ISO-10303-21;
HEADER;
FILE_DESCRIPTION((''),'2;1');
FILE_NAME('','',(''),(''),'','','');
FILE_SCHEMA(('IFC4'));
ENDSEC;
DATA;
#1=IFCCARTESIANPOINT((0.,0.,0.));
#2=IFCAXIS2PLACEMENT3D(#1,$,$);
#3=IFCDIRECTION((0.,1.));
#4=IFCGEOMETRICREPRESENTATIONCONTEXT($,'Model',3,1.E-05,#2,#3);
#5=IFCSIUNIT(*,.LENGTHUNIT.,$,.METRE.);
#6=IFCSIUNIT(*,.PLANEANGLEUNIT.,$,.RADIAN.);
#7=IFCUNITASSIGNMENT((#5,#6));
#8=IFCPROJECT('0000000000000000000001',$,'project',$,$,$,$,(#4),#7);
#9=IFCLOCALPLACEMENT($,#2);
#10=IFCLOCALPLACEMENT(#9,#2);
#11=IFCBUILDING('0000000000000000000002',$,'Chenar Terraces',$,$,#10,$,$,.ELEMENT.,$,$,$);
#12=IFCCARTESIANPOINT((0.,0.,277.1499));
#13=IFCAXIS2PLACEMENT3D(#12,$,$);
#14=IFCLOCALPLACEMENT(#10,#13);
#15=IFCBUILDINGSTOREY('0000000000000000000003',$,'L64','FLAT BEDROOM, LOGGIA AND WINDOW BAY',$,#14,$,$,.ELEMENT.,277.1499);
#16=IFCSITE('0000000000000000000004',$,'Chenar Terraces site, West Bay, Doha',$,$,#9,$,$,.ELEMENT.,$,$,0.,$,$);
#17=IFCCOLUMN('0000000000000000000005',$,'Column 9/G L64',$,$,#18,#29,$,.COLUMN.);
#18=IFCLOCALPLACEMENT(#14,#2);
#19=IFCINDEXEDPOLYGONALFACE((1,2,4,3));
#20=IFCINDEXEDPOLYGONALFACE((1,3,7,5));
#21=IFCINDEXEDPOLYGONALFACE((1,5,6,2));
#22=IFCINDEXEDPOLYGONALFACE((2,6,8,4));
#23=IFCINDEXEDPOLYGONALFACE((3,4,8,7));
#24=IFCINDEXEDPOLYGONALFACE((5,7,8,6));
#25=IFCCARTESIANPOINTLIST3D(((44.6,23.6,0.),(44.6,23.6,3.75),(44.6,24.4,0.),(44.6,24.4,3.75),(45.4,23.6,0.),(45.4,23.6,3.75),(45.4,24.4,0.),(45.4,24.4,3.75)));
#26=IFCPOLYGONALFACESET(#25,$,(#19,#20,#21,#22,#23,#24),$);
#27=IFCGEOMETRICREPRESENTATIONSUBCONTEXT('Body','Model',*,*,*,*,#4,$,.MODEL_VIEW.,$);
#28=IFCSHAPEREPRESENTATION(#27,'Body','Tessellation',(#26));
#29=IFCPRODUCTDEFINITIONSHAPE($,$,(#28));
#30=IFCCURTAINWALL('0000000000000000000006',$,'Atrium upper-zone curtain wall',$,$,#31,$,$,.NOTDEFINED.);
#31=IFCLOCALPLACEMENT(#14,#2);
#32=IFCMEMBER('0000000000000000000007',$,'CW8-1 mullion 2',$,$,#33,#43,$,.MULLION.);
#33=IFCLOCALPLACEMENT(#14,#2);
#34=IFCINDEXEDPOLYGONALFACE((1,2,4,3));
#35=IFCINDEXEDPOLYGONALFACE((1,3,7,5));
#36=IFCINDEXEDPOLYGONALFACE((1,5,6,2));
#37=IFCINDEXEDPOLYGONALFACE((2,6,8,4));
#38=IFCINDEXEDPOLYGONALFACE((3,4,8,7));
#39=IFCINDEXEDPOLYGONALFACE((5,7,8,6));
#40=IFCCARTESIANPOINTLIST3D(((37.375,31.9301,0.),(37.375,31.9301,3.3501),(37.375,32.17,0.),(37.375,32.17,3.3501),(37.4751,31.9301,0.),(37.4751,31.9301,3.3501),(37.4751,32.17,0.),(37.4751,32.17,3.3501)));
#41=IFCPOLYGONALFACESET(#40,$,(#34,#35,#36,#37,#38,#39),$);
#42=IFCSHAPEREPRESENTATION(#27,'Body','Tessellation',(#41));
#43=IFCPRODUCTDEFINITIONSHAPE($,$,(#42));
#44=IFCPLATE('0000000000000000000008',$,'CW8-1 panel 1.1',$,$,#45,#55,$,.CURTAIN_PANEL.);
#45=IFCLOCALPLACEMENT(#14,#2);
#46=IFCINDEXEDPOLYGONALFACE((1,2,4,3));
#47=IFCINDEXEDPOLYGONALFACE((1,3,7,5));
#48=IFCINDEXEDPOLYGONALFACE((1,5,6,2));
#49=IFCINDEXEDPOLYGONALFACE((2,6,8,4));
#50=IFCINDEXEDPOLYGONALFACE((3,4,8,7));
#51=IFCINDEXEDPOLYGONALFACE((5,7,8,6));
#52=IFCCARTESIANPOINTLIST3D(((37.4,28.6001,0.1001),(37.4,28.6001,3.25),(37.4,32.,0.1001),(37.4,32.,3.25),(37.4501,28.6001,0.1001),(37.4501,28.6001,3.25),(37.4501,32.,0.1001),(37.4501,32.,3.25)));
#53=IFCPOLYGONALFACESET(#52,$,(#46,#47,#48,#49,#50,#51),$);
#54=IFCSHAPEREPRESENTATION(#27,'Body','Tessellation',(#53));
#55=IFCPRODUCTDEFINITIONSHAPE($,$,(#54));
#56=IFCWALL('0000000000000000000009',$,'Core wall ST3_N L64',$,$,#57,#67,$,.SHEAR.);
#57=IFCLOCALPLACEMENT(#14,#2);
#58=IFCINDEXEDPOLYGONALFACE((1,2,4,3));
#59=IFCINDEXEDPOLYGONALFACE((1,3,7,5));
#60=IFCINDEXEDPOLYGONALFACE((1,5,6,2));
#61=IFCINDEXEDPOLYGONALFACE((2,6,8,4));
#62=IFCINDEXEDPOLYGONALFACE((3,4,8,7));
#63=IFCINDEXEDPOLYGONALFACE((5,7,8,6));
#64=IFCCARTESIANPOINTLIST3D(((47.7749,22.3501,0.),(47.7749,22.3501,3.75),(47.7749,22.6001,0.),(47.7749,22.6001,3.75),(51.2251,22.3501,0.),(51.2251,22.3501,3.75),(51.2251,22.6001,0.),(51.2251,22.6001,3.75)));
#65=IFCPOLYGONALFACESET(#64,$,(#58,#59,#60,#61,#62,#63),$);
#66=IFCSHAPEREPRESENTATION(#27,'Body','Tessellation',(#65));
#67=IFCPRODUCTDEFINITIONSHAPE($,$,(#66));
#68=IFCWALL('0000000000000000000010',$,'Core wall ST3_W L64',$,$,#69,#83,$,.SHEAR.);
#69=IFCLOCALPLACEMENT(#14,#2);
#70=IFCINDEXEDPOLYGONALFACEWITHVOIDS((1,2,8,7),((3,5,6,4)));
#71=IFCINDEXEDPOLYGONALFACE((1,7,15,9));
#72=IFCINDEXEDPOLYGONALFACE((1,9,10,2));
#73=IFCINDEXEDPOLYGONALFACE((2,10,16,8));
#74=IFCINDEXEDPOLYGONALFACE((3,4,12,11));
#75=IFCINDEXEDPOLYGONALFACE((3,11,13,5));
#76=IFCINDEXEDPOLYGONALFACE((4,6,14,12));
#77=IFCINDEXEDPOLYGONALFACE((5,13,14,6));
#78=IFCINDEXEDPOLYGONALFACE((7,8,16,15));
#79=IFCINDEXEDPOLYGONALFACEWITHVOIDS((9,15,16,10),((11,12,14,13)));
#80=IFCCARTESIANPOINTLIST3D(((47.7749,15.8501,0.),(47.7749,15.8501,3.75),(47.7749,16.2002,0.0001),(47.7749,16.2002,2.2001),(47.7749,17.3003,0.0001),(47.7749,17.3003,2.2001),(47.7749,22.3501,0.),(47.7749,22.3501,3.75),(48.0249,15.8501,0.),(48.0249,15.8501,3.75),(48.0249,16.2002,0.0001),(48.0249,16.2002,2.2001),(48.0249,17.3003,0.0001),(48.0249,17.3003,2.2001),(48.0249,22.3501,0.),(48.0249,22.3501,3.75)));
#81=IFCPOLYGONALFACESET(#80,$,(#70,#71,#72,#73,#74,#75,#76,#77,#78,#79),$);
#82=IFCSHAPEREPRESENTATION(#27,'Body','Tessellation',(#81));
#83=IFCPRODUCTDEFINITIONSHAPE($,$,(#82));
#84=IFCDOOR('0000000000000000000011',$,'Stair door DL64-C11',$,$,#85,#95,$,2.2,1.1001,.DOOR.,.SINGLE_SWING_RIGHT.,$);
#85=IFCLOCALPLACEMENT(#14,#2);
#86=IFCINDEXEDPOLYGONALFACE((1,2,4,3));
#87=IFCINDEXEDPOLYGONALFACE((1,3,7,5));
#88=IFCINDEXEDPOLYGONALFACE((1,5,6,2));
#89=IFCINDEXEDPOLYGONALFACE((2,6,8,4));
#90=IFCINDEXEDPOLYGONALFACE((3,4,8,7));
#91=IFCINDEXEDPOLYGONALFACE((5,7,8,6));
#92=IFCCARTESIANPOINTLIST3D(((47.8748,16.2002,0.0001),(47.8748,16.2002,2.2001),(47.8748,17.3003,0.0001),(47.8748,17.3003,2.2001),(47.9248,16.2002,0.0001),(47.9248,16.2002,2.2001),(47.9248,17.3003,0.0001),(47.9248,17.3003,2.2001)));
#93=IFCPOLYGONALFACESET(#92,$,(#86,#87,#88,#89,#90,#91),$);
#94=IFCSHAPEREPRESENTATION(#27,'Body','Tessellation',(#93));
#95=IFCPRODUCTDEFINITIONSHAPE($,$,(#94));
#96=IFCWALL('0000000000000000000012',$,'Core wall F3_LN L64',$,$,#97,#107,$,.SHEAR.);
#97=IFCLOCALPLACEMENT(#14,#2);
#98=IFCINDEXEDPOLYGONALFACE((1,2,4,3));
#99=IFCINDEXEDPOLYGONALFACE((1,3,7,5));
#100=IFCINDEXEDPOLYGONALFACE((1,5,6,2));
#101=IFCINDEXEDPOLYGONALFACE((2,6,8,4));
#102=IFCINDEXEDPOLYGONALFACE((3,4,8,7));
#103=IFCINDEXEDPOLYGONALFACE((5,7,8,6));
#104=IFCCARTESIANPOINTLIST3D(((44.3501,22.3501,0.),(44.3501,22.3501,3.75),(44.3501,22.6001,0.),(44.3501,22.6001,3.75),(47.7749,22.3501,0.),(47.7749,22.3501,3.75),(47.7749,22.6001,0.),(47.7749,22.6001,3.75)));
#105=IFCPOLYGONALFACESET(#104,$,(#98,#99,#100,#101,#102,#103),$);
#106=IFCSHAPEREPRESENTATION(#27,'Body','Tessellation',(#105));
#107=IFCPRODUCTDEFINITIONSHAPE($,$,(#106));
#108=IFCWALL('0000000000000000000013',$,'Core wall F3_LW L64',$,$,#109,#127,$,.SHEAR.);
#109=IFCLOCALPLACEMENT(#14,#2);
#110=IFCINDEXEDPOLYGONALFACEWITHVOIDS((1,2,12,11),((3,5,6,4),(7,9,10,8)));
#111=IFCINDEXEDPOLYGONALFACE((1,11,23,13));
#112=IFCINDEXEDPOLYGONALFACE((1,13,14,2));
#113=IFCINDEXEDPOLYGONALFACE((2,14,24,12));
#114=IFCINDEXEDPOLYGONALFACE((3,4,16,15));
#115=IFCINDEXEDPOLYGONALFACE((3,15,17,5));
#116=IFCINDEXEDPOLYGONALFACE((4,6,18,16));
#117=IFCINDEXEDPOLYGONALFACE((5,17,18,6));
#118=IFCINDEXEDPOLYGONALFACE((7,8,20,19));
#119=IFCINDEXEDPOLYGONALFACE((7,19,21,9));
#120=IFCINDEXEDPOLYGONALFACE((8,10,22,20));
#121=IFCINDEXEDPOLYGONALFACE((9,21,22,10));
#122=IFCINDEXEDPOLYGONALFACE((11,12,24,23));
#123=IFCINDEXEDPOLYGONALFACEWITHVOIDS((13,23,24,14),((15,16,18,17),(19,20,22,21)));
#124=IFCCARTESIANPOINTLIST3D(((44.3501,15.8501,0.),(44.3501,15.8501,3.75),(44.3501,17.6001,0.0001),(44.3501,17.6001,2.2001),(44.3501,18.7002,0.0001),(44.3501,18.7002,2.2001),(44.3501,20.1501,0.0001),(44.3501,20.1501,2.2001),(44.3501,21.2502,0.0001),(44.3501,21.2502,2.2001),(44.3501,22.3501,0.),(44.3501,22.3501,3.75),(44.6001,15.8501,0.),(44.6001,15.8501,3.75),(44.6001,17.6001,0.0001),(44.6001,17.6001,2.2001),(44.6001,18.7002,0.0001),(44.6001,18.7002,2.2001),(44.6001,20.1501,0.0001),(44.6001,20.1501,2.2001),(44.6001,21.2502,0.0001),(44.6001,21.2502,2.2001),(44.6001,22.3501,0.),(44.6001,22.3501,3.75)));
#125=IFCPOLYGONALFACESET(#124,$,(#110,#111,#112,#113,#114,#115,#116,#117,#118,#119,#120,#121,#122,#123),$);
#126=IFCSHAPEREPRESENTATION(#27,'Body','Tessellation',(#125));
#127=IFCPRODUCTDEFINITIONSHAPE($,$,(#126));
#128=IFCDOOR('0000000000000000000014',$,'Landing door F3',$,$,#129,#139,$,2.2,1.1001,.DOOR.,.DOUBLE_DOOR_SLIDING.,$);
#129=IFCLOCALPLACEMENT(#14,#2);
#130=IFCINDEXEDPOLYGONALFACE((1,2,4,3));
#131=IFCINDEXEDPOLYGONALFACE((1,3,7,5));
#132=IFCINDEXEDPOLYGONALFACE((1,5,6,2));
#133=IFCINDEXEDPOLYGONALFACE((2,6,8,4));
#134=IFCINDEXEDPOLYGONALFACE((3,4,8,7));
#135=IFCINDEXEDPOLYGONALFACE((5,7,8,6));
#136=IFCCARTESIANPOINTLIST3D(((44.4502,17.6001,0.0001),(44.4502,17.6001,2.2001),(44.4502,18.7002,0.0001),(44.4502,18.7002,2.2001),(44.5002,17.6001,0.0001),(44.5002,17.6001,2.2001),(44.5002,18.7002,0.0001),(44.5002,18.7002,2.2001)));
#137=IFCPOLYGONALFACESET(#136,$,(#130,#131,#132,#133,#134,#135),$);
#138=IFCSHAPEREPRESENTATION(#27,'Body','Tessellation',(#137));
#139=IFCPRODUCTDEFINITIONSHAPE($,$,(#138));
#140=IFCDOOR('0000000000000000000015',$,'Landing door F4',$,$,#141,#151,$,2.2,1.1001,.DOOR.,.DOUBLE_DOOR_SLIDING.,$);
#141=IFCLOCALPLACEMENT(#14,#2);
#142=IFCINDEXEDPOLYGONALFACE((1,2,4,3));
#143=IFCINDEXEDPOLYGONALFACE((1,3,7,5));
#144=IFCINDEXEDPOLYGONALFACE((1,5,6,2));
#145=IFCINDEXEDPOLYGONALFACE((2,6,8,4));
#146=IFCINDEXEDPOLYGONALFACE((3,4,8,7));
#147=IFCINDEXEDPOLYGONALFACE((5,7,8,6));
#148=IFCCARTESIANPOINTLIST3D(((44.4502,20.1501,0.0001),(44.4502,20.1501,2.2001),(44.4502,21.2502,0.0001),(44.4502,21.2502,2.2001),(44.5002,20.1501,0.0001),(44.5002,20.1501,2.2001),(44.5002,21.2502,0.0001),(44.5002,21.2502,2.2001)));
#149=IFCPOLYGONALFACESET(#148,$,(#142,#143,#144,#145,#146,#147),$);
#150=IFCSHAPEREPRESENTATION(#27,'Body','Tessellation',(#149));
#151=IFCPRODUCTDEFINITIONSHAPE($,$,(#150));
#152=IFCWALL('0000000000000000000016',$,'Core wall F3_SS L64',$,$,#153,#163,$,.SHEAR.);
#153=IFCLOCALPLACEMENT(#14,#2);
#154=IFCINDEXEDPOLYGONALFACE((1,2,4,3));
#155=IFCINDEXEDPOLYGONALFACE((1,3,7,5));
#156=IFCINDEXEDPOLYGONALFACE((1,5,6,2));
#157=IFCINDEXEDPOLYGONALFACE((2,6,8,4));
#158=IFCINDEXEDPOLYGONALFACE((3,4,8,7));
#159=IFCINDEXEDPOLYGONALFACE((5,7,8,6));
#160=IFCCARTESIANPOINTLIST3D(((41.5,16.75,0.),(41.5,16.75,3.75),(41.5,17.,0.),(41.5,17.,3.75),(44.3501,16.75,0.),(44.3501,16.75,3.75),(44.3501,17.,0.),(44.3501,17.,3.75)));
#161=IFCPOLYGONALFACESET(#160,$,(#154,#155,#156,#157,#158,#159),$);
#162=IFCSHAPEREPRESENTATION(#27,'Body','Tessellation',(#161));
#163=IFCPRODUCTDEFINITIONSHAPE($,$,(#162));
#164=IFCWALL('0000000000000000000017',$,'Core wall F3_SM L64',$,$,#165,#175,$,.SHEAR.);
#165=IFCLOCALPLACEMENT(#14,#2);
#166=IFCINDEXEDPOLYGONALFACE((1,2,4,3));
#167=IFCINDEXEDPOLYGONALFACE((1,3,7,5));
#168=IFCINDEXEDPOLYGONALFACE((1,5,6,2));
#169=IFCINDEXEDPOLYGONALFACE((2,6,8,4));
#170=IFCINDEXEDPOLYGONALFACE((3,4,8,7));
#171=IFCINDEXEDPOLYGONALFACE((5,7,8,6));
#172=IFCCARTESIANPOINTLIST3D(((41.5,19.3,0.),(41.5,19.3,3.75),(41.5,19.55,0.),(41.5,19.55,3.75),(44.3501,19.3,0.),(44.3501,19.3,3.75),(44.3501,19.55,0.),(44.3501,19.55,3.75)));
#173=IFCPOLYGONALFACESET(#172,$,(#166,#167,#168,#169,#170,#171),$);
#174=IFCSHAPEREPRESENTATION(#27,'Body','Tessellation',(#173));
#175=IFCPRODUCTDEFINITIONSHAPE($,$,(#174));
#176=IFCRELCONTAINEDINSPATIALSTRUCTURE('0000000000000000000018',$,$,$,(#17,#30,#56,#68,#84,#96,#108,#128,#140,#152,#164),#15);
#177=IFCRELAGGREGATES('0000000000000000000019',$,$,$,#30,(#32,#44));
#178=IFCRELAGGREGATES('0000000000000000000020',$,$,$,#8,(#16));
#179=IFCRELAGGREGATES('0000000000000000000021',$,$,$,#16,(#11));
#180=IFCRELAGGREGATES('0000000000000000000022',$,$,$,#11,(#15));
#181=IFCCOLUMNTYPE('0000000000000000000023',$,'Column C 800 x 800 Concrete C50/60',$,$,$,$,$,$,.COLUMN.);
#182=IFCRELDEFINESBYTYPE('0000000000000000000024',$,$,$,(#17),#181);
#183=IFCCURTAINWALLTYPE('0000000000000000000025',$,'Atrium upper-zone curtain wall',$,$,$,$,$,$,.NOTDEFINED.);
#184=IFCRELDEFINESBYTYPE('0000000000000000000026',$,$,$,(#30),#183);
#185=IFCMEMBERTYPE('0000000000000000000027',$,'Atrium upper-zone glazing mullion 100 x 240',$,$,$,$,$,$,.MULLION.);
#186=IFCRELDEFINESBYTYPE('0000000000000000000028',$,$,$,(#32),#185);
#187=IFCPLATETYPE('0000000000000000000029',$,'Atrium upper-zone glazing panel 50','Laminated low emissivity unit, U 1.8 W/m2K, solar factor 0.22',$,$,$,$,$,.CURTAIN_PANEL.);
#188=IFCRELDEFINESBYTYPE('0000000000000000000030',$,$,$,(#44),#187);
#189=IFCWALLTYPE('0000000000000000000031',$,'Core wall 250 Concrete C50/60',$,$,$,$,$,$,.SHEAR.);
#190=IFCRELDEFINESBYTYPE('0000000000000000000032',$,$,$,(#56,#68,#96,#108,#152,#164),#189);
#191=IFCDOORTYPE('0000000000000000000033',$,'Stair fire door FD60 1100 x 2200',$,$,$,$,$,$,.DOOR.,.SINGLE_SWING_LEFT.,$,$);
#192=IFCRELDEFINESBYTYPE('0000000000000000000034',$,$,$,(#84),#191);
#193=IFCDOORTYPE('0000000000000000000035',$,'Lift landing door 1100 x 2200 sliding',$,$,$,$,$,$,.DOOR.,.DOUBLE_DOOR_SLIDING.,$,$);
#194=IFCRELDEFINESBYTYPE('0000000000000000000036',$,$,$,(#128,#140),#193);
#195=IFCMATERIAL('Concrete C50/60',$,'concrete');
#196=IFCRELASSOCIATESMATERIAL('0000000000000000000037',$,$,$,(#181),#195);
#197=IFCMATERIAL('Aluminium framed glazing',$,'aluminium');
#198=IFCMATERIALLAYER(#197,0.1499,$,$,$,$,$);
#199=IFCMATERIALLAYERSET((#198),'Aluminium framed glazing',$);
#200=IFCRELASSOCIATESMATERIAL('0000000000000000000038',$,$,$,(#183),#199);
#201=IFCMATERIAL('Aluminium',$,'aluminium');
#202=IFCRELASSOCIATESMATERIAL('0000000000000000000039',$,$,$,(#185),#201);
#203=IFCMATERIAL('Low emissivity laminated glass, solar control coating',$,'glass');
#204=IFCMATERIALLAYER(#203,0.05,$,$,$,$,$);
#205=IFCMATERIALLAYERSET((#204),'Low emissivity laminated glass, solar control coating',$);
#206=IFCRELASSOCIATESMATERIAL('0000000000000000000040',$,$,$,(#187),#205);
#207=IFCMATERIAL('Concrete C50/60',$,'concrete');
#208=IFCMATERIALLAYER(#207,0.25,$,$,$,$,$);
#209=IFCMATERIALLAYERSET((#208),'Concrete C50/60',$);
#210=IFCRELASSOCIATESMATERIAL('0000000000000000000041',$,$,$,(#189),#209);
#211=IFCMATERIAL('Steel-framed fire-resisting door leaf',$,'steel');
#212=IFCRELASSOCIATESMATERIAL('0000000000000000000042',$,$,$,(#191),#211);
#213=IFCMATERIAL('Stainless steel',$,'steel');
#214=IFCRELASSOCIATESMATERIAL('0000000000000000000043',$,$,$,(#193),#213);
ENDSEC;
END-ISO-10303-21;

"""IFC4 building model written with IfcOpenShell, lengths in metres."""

from ifc_helpers import new_model, si_unit, direction, frame, frame_2d, origin, origin_2d, place, context, subcontext, project, spatial, rectangle, extrude, material, layer, layer_set, material_profile, profile_set, type_object, element, fill, aggregate, save


model = new_model("IFC4")

# Units and contexts
model_context = context("Model", 3, precision=1e-05, world=origin(), true_north=direction((0.0, 1.0)))
body_context = subcontext(model_context, "Body", "Model", "MODEL_VIEW")
ifc_project = project(units=[si_unit("LENGTHUNIT", "METRE"), si_unit("PLANEANGLEUNIT", "RADIAN")], contexts=[model_context])

# Site, building, storey
site_placement = place(None, origin())
site = spatial("IfcSite", under=ifc_project, at=site_placement, Name="Chenar Terraces site, West Bay, Doha", CompositionType="ELEMENT", RefElevation=0.0)
building_placement = place(site_placement, origin())
building = spatial("IfcBuilding", under=site, at=building_placement, Name="Chenar Terraces", CompositionType="ELEMENT")
storey_placement = place(building_placement, frame((0.0, 0.0, 277.1499)))
storey = spatial("IfcBuildingStorey", under=building, at=storey_placement, Name="L64", Description="FLAT BEDROOM, LOGGIA AND WINDOW BAY", CompositionType="ELEMENT", Elevation=277.1499)

# Column
ifc_material_1 = material(Name="Concrete C50/60", Category="concrete")
ifc_material_profile_1 = material_profile(ifc_material_1, rectangle(XDim=0.8, YDim=0.8, at=origin_2d()), Name="C 800 x 800")
ifc_profile_set_1 = profile_set([ifc_material_profile_1], Name="Concrete C50/60")
column_type = type_object("IfcColumnType", Name="Column C 800 x 800 Concrete C50/60", PredefinedType="COLUMN", material=ifc_profile_set_1)
column_placement = place(storey_placement, frame((45.0, 24.0, 0.0), z_axis=(0.0, 0.0, 1.0), x_axis=(1.0, 0.0, 0.0)))
element("IfcColumn", 1, at=column_placement, inside=storey, type_object=column_type, Name="Column 9/G L64", PredefinedType="COLUMN", context=body_context, shape_type="SweptSolid", body=[
    extrude(rectangle(XDim=0.8, YDim=0.8, at=origin_2d()), origin(), (0.0, 0.0, 1.0), 3.75),
])

# Curtain wall, member, plate
ifc_material_2 = material(Name="Aluminium framed glazing", Category="aluminium")
ifc_layer_1 = layer(ifc_material_2, 0.1499)
ifc_layer_set_1 = layer_set([ifc_layer_1], Name="Aluminium framed glazing")
curtain_wall_type = type_object("IfcCurtainWallType", Name="Atrium upper-zone curtain wall", PredefinedType="NOTDEFINED", material=ifc_layer_set_1)
curtain_wall_placement = place(storey_placement, origin())
curtain_wall = element("IfcCurtainWall", 2, at=curtain_wall_placement, inside=storey, type_object=curtain_wall_type, Name="Atrium upper-zone curtain wall", PredefinedType="NOTDEFINED")
ifc_material_3 = material(Name="Aluminium", Category="aluminium")
ifc_material_profile_2 = material_profile(ifc_material_3, rectangle(XDim=0.1001, YDim=0.24, at=origin_2d()), Name="Atrium upper-zone glazing mullion 100 x 240")
ifc_profile_set_2 = profile_set([ifc_material_profile_2], Name="Aluminium")
member_type = type_object("IfcMemberType", Name="Atrium upper-zone glazing mullion 100 x 240", PredefinedType="MULLION", material=ifc_profile_set_2)
member_placement = place(storey_placement, frame((37.425, 32.05, 0.0), z_axis=(0.0, 0.0, 1.0), x_axis=(-1.0, 0.0, 0.0)))
member = element("IfcMember", 3, at=member_placement, type_object=member_type, Name="CW8-1 mullion 2", PredefinedType="MULLION", context=body_context, shape_type="SweptSolid", body=[
    extrude(rectangle(XDim=0.1001, YDim=0.24, at=origin_2d()), origin(), (0.0, 0.0, 1.0), 3.3501),
])
ifc_material_4 = material(Name="Low emissivity laminated glass, solar control coating", Category="glass")
ifc_layer_2 = layer(ifc_material_4, 0.05)
ifc_layer_set_2 = layer_set([ifc_layer_2], Name="Low emissivity laminated glass, solar control coating")
plate_type = type_object("IfcPlateType", Name="Atrium upper-zone glazing panel 50", Description="Laminated low emissivity unit, U 1.8 W/m2K, solar factor 0.22", PredefinedType="CURTAIN_PANEL", material=ifc_layer_set_2)
plate_placement = place(storey_placement, frame((37.425, 30.3, 0.1001), z_axis=(0.0, 0.0, 1.0), x_axis=(0.0, 1.0, 0.0)))
plate = element("IfcPlate", 4, at=plate_placement, type_object=plate_type, Name="CW8-1 panel 1.1", PredefinedType="CURTAIN_PANEL", context=body_context, shape_type="SweptSolid", body=[
    extrude(rectangle(XDim=3.3999, YDim=0.05, at=origin_2d()), origin(), (0.0, 0.0, 1.0), 3.1499),
])
aggregate(curtain_wall, [member, plate])

# Wall
ifc_material_5 = material(Name="Concrete C50/60", Category="concrete")
ifc_layer_3 = layer(ifc_material_5, 0.25)
ifc_layer_set_3 = layer_set([ifc_layer_3], Name="Concrete C50/60")
wall_type_1 = type_object("IfcWallType", Name="Core wall 250 Concrete C50/60", PredefinedType="SHEAR", material=ifc_layer_set_3)
wall_1_placement = place(storey_placement, frame((47.7749, 22.4751, 0.0), z_axis=(0.0, 0.0, 1.0), x_axis=(1.0, 0.0, 0.0)))
element("IfcWall", 5, at=wall_1_placement, inside=storey, type_object=wall_type_1, Name="Core wall ST3_N L64", PredefinedType="SHEAR", context=body_context, shape_type="SweptSolid", body=[
    extrude(rectangle(XDim=3.4502, YDim=0.25, at=frame_2d((1.7251, 0.0))), origin(), (0.0, 0.0, 1.0), 3.75),
])

# Wall, opening, door
wall_2_placement = place(storey_placement, frame((47.8999, 15.8501, 0.0), z_axis=(0.0, 0.0, 1.0), x_axis=(0.0, 1.0, 0.0)))
wall_2 = element("IfcWall", 6, at=wall_2_placement, inside=storey, type_object=wall_type_1, Name="Core wall ST3_W L64", PredefinedType="SHEAR", context=body_context, shape_type="SweptSolid", body=[
    extrude(rectangle(XDim=6.5, YDim=0.25, at=frame_2d((3.25, 0.0))), origin(), (0.0, 0.0, 1.0), 3.75),
])
opening_1_placement = place(wall_2_placement, frame((0.3501, 0.0, 0.0)))
opening_1 = element("IfcOpeningElement", 7, at=opening_1_placement, cuts=wall_2, PredefinedType="OPENING", context=body_context, shape_type="SweptSolid", body=[
    extrude(rectangle(XDim=1.1001, YDim=2.2, at=frame_2d((0.55, 1.1001))), frame((0.0, 0.135, 0.0), z_axis=(0.0, -1.0, 0.0), x_axis=(1.0, 0.0, 0.0)), (0.0, 0.0, 1.0), 0.27),
])
ifc_material_6 = material(Name="Steel-framed fire-resisting door leaf", Category="steel")
door_type_1 = type_object("IfcDoorType", Name="Stair fire door FD60 1100 x 2200", OperationType="SINGLE_SWING_LEFT", PredefinedType="DOOR", material=ifc_material_6)
door_1_placement = place(opening_1_placement, frame((1.1001, 0.0, 0.0), z_axis=(0.0, 0.0, 1.0), x_axis=(-1.0, 0.0, 0.0)))
door_1 = element("IfcDoor", 8, at=door_1_placement, inside=storey, type_object=door_type_1, Name="Stair door DL64-C11", OperationType="SINGLE_SWING_RIGHT", OverallHeight=2.2, OverallWidth=1.1001, PredefinedType="DOOR", context=body_context, shape_type="SweptSolid", body=[
    extrude(rectangle(XDim=1.1001, YDim=2.2, at=frame_2d((0.55, 1.1001))), frame((0.0, 0.0249, 0.0), z_axis=(0.0, -1.0, 0.0), x_axis=(1.0, 0.0, 0.0)), (0.0, 0.0, 1.0), 0.05),
])
fill(opening_1, door_1)

# Wall
wall_3_placement = place(storey_placement, frame((44.3501, 22.4751, 0.0), z_axis=(0.0, 0.0, 1.0), x_axis=(1.0, 0.0, 0.0)))
element("IfcWall", 9, at=wall_3_placement, inside=storey, type_object=wall_type_1, Name="Core wall F3_LN L64", PredefinedType="SHEAR", context=body_context, shape_type="SweptSolid", body=[
    extrude(rectangle(XDim=3.4248, YDim=0.25, at=frame_2d((1.7124, 0.0))), origin(), (0.0, 0.0, 1.0), 3.75),
])

# Wall, openings, doors
wall_4_placement = place(storey_placement, frame((44.4751, 15.8501, 0.0), z_axis=(0.0, 0.0, 1.0), x_axis=(0.0, 1.0, 0.0)))
wall_4 = element("IfcWall", 10, at=wall_4_placement, inside=storey, type_object=wall_type_1, Name="Core wall F3_LW L64", PredefinedType="SHEAR", context=body_context, shape_type="SweptSolid", body=[
    extrude(rectangle(XDim=6.5, YDim=0.25, at=frame_2d((3.25, 0.0))), origin(), (0.0, 0.0, 1.0), 3.75),
])
opening_2_placement = place(wall_4_placement, frame((1.75, 0.0, 0.0)))
opening_2 = element("IfcOpeningElement", 11, at=opening_2_placement, cuts=wall_4, PredefinedType="OPENING", context=body_context, shape_type="SweptSolid", body=[
    extrude(rectangle(XDim=1.1001, YDim=2.2, at=frame_2d((0.55, 1.1001))), frame((0.0, 0.135, 0.0), z_axis=(0.0, -1.0, 0.0), x_axis=(1.0, 0.0, 0.0)), (0.0, 0.0, 1.0), 0.27),
])
opening_3_placement = place(wall_4_placement, frame((4.3, 0.0, 0.0)))
opening_3 = element("IfcOpeningElement", 12, at=opening_3_placement, cuts=wall_4, PredefinedType="OPENING", context=body_context, shape_type="SweptSolid", body=[
    extrude(rectangle(XDim=1.1001, YDim=2.2, at=frame_2d((0.55, 1.1001))), frame((0.0, 0.135, 0.0), z_axis=(0.0, -1.0, 0.0), x_axis=(1.0, 0.0, 0.0)), (0.0, 0.0, 1.0), 0.27),
])
ifc_material_7 = material(Name="Stainless steel", Category="steel")
door_type_2 = type_object("IfcDoorType", Name="Lift landing door 1100 x 2200 sliding", OperationType="DOUBLE_DOOR_SLIDING", PredefinedType="DOOR", material=ifc_material_7)
door_2_placement = place(opening_2_placement, origin())
door_2 = element("IfcDoor", 13, at=door_2_placement, inside=storey, type_object=door_type_2, Name="Landing door F3", OperationType="DOUBLE_DOOR_SLIDING", OverallHeight=2.2, OverallWidth=1.1001, PredefinedType="DOOR", context=body_context, shape_type="SweptSolid", body=[
    extrude(rectangle(XDim=1.1001, YDim=2.2, at=frame_2d((0.55, 1.1001))), frame((0.0, 0.0249, 0.0), z_axis=(0.0, -1.0, 0.0), x_axis=(1.0, 0.0, 0.0)), (0.0, 0.0, 1.0), 0.05),
])
fill(opening_2, door_2)
door_3_placement = place(opening_3_placement, origin())
door_3 = element("IfcDoor", 14, at=door_3_placement, inside=storey, type_object=door_type_2, Name="Landing door F4", OperationType="DOUBLE_DOOR_SLIDING", OverallHeight=2.2, OverallWidth=1.1001, PredefinedType="DOOR", context=body_context, shape_type="SweptSolid", body=[
    extrude(rectangle(XDim=1.1001, YDim=2.2, at=frame_2d((0.55, 1.1001))), frame((0.0, 0.0249, 0.0), z_axis=(0.0, -1.0, 0.0), x_axis=(1.0, 0.0, 0.0)), (0.0, 0.0, 1.0), 0.05),
])
fill(opening_3, door_3)

# Walls
for number, where, z_axis, x_axis, name in (
    (15, (41.5, 16.875, 0.0), (0.0, 0.0, 1.0), (1.0, 0.0, 0.0), "Core wall F3_SS L64"),
    (16, (41.5, 19.425, 0.0), (0.0, 0.0, 1.0), (1.0, 0.0, 0.0), "Core wall F3_SM L64"),
):
    element("IfcWall", number, at=place(storey_placement, frame(where, z_axis=z_axis, x_axis=x_axis)), inside=storey, type_object=wall_type_1, Name=name, PredefinedType="SHEAR", context=body_context, shape_type="SweptSolid", body=[
        extrude(rectangle(XDim=2.8501, YDim=0.25, at=frame_2d((1.425, 0.0))), origin(), (0.0, 0.0, 1.0), 3.75),
    ])

save(model, "model.ifc")
